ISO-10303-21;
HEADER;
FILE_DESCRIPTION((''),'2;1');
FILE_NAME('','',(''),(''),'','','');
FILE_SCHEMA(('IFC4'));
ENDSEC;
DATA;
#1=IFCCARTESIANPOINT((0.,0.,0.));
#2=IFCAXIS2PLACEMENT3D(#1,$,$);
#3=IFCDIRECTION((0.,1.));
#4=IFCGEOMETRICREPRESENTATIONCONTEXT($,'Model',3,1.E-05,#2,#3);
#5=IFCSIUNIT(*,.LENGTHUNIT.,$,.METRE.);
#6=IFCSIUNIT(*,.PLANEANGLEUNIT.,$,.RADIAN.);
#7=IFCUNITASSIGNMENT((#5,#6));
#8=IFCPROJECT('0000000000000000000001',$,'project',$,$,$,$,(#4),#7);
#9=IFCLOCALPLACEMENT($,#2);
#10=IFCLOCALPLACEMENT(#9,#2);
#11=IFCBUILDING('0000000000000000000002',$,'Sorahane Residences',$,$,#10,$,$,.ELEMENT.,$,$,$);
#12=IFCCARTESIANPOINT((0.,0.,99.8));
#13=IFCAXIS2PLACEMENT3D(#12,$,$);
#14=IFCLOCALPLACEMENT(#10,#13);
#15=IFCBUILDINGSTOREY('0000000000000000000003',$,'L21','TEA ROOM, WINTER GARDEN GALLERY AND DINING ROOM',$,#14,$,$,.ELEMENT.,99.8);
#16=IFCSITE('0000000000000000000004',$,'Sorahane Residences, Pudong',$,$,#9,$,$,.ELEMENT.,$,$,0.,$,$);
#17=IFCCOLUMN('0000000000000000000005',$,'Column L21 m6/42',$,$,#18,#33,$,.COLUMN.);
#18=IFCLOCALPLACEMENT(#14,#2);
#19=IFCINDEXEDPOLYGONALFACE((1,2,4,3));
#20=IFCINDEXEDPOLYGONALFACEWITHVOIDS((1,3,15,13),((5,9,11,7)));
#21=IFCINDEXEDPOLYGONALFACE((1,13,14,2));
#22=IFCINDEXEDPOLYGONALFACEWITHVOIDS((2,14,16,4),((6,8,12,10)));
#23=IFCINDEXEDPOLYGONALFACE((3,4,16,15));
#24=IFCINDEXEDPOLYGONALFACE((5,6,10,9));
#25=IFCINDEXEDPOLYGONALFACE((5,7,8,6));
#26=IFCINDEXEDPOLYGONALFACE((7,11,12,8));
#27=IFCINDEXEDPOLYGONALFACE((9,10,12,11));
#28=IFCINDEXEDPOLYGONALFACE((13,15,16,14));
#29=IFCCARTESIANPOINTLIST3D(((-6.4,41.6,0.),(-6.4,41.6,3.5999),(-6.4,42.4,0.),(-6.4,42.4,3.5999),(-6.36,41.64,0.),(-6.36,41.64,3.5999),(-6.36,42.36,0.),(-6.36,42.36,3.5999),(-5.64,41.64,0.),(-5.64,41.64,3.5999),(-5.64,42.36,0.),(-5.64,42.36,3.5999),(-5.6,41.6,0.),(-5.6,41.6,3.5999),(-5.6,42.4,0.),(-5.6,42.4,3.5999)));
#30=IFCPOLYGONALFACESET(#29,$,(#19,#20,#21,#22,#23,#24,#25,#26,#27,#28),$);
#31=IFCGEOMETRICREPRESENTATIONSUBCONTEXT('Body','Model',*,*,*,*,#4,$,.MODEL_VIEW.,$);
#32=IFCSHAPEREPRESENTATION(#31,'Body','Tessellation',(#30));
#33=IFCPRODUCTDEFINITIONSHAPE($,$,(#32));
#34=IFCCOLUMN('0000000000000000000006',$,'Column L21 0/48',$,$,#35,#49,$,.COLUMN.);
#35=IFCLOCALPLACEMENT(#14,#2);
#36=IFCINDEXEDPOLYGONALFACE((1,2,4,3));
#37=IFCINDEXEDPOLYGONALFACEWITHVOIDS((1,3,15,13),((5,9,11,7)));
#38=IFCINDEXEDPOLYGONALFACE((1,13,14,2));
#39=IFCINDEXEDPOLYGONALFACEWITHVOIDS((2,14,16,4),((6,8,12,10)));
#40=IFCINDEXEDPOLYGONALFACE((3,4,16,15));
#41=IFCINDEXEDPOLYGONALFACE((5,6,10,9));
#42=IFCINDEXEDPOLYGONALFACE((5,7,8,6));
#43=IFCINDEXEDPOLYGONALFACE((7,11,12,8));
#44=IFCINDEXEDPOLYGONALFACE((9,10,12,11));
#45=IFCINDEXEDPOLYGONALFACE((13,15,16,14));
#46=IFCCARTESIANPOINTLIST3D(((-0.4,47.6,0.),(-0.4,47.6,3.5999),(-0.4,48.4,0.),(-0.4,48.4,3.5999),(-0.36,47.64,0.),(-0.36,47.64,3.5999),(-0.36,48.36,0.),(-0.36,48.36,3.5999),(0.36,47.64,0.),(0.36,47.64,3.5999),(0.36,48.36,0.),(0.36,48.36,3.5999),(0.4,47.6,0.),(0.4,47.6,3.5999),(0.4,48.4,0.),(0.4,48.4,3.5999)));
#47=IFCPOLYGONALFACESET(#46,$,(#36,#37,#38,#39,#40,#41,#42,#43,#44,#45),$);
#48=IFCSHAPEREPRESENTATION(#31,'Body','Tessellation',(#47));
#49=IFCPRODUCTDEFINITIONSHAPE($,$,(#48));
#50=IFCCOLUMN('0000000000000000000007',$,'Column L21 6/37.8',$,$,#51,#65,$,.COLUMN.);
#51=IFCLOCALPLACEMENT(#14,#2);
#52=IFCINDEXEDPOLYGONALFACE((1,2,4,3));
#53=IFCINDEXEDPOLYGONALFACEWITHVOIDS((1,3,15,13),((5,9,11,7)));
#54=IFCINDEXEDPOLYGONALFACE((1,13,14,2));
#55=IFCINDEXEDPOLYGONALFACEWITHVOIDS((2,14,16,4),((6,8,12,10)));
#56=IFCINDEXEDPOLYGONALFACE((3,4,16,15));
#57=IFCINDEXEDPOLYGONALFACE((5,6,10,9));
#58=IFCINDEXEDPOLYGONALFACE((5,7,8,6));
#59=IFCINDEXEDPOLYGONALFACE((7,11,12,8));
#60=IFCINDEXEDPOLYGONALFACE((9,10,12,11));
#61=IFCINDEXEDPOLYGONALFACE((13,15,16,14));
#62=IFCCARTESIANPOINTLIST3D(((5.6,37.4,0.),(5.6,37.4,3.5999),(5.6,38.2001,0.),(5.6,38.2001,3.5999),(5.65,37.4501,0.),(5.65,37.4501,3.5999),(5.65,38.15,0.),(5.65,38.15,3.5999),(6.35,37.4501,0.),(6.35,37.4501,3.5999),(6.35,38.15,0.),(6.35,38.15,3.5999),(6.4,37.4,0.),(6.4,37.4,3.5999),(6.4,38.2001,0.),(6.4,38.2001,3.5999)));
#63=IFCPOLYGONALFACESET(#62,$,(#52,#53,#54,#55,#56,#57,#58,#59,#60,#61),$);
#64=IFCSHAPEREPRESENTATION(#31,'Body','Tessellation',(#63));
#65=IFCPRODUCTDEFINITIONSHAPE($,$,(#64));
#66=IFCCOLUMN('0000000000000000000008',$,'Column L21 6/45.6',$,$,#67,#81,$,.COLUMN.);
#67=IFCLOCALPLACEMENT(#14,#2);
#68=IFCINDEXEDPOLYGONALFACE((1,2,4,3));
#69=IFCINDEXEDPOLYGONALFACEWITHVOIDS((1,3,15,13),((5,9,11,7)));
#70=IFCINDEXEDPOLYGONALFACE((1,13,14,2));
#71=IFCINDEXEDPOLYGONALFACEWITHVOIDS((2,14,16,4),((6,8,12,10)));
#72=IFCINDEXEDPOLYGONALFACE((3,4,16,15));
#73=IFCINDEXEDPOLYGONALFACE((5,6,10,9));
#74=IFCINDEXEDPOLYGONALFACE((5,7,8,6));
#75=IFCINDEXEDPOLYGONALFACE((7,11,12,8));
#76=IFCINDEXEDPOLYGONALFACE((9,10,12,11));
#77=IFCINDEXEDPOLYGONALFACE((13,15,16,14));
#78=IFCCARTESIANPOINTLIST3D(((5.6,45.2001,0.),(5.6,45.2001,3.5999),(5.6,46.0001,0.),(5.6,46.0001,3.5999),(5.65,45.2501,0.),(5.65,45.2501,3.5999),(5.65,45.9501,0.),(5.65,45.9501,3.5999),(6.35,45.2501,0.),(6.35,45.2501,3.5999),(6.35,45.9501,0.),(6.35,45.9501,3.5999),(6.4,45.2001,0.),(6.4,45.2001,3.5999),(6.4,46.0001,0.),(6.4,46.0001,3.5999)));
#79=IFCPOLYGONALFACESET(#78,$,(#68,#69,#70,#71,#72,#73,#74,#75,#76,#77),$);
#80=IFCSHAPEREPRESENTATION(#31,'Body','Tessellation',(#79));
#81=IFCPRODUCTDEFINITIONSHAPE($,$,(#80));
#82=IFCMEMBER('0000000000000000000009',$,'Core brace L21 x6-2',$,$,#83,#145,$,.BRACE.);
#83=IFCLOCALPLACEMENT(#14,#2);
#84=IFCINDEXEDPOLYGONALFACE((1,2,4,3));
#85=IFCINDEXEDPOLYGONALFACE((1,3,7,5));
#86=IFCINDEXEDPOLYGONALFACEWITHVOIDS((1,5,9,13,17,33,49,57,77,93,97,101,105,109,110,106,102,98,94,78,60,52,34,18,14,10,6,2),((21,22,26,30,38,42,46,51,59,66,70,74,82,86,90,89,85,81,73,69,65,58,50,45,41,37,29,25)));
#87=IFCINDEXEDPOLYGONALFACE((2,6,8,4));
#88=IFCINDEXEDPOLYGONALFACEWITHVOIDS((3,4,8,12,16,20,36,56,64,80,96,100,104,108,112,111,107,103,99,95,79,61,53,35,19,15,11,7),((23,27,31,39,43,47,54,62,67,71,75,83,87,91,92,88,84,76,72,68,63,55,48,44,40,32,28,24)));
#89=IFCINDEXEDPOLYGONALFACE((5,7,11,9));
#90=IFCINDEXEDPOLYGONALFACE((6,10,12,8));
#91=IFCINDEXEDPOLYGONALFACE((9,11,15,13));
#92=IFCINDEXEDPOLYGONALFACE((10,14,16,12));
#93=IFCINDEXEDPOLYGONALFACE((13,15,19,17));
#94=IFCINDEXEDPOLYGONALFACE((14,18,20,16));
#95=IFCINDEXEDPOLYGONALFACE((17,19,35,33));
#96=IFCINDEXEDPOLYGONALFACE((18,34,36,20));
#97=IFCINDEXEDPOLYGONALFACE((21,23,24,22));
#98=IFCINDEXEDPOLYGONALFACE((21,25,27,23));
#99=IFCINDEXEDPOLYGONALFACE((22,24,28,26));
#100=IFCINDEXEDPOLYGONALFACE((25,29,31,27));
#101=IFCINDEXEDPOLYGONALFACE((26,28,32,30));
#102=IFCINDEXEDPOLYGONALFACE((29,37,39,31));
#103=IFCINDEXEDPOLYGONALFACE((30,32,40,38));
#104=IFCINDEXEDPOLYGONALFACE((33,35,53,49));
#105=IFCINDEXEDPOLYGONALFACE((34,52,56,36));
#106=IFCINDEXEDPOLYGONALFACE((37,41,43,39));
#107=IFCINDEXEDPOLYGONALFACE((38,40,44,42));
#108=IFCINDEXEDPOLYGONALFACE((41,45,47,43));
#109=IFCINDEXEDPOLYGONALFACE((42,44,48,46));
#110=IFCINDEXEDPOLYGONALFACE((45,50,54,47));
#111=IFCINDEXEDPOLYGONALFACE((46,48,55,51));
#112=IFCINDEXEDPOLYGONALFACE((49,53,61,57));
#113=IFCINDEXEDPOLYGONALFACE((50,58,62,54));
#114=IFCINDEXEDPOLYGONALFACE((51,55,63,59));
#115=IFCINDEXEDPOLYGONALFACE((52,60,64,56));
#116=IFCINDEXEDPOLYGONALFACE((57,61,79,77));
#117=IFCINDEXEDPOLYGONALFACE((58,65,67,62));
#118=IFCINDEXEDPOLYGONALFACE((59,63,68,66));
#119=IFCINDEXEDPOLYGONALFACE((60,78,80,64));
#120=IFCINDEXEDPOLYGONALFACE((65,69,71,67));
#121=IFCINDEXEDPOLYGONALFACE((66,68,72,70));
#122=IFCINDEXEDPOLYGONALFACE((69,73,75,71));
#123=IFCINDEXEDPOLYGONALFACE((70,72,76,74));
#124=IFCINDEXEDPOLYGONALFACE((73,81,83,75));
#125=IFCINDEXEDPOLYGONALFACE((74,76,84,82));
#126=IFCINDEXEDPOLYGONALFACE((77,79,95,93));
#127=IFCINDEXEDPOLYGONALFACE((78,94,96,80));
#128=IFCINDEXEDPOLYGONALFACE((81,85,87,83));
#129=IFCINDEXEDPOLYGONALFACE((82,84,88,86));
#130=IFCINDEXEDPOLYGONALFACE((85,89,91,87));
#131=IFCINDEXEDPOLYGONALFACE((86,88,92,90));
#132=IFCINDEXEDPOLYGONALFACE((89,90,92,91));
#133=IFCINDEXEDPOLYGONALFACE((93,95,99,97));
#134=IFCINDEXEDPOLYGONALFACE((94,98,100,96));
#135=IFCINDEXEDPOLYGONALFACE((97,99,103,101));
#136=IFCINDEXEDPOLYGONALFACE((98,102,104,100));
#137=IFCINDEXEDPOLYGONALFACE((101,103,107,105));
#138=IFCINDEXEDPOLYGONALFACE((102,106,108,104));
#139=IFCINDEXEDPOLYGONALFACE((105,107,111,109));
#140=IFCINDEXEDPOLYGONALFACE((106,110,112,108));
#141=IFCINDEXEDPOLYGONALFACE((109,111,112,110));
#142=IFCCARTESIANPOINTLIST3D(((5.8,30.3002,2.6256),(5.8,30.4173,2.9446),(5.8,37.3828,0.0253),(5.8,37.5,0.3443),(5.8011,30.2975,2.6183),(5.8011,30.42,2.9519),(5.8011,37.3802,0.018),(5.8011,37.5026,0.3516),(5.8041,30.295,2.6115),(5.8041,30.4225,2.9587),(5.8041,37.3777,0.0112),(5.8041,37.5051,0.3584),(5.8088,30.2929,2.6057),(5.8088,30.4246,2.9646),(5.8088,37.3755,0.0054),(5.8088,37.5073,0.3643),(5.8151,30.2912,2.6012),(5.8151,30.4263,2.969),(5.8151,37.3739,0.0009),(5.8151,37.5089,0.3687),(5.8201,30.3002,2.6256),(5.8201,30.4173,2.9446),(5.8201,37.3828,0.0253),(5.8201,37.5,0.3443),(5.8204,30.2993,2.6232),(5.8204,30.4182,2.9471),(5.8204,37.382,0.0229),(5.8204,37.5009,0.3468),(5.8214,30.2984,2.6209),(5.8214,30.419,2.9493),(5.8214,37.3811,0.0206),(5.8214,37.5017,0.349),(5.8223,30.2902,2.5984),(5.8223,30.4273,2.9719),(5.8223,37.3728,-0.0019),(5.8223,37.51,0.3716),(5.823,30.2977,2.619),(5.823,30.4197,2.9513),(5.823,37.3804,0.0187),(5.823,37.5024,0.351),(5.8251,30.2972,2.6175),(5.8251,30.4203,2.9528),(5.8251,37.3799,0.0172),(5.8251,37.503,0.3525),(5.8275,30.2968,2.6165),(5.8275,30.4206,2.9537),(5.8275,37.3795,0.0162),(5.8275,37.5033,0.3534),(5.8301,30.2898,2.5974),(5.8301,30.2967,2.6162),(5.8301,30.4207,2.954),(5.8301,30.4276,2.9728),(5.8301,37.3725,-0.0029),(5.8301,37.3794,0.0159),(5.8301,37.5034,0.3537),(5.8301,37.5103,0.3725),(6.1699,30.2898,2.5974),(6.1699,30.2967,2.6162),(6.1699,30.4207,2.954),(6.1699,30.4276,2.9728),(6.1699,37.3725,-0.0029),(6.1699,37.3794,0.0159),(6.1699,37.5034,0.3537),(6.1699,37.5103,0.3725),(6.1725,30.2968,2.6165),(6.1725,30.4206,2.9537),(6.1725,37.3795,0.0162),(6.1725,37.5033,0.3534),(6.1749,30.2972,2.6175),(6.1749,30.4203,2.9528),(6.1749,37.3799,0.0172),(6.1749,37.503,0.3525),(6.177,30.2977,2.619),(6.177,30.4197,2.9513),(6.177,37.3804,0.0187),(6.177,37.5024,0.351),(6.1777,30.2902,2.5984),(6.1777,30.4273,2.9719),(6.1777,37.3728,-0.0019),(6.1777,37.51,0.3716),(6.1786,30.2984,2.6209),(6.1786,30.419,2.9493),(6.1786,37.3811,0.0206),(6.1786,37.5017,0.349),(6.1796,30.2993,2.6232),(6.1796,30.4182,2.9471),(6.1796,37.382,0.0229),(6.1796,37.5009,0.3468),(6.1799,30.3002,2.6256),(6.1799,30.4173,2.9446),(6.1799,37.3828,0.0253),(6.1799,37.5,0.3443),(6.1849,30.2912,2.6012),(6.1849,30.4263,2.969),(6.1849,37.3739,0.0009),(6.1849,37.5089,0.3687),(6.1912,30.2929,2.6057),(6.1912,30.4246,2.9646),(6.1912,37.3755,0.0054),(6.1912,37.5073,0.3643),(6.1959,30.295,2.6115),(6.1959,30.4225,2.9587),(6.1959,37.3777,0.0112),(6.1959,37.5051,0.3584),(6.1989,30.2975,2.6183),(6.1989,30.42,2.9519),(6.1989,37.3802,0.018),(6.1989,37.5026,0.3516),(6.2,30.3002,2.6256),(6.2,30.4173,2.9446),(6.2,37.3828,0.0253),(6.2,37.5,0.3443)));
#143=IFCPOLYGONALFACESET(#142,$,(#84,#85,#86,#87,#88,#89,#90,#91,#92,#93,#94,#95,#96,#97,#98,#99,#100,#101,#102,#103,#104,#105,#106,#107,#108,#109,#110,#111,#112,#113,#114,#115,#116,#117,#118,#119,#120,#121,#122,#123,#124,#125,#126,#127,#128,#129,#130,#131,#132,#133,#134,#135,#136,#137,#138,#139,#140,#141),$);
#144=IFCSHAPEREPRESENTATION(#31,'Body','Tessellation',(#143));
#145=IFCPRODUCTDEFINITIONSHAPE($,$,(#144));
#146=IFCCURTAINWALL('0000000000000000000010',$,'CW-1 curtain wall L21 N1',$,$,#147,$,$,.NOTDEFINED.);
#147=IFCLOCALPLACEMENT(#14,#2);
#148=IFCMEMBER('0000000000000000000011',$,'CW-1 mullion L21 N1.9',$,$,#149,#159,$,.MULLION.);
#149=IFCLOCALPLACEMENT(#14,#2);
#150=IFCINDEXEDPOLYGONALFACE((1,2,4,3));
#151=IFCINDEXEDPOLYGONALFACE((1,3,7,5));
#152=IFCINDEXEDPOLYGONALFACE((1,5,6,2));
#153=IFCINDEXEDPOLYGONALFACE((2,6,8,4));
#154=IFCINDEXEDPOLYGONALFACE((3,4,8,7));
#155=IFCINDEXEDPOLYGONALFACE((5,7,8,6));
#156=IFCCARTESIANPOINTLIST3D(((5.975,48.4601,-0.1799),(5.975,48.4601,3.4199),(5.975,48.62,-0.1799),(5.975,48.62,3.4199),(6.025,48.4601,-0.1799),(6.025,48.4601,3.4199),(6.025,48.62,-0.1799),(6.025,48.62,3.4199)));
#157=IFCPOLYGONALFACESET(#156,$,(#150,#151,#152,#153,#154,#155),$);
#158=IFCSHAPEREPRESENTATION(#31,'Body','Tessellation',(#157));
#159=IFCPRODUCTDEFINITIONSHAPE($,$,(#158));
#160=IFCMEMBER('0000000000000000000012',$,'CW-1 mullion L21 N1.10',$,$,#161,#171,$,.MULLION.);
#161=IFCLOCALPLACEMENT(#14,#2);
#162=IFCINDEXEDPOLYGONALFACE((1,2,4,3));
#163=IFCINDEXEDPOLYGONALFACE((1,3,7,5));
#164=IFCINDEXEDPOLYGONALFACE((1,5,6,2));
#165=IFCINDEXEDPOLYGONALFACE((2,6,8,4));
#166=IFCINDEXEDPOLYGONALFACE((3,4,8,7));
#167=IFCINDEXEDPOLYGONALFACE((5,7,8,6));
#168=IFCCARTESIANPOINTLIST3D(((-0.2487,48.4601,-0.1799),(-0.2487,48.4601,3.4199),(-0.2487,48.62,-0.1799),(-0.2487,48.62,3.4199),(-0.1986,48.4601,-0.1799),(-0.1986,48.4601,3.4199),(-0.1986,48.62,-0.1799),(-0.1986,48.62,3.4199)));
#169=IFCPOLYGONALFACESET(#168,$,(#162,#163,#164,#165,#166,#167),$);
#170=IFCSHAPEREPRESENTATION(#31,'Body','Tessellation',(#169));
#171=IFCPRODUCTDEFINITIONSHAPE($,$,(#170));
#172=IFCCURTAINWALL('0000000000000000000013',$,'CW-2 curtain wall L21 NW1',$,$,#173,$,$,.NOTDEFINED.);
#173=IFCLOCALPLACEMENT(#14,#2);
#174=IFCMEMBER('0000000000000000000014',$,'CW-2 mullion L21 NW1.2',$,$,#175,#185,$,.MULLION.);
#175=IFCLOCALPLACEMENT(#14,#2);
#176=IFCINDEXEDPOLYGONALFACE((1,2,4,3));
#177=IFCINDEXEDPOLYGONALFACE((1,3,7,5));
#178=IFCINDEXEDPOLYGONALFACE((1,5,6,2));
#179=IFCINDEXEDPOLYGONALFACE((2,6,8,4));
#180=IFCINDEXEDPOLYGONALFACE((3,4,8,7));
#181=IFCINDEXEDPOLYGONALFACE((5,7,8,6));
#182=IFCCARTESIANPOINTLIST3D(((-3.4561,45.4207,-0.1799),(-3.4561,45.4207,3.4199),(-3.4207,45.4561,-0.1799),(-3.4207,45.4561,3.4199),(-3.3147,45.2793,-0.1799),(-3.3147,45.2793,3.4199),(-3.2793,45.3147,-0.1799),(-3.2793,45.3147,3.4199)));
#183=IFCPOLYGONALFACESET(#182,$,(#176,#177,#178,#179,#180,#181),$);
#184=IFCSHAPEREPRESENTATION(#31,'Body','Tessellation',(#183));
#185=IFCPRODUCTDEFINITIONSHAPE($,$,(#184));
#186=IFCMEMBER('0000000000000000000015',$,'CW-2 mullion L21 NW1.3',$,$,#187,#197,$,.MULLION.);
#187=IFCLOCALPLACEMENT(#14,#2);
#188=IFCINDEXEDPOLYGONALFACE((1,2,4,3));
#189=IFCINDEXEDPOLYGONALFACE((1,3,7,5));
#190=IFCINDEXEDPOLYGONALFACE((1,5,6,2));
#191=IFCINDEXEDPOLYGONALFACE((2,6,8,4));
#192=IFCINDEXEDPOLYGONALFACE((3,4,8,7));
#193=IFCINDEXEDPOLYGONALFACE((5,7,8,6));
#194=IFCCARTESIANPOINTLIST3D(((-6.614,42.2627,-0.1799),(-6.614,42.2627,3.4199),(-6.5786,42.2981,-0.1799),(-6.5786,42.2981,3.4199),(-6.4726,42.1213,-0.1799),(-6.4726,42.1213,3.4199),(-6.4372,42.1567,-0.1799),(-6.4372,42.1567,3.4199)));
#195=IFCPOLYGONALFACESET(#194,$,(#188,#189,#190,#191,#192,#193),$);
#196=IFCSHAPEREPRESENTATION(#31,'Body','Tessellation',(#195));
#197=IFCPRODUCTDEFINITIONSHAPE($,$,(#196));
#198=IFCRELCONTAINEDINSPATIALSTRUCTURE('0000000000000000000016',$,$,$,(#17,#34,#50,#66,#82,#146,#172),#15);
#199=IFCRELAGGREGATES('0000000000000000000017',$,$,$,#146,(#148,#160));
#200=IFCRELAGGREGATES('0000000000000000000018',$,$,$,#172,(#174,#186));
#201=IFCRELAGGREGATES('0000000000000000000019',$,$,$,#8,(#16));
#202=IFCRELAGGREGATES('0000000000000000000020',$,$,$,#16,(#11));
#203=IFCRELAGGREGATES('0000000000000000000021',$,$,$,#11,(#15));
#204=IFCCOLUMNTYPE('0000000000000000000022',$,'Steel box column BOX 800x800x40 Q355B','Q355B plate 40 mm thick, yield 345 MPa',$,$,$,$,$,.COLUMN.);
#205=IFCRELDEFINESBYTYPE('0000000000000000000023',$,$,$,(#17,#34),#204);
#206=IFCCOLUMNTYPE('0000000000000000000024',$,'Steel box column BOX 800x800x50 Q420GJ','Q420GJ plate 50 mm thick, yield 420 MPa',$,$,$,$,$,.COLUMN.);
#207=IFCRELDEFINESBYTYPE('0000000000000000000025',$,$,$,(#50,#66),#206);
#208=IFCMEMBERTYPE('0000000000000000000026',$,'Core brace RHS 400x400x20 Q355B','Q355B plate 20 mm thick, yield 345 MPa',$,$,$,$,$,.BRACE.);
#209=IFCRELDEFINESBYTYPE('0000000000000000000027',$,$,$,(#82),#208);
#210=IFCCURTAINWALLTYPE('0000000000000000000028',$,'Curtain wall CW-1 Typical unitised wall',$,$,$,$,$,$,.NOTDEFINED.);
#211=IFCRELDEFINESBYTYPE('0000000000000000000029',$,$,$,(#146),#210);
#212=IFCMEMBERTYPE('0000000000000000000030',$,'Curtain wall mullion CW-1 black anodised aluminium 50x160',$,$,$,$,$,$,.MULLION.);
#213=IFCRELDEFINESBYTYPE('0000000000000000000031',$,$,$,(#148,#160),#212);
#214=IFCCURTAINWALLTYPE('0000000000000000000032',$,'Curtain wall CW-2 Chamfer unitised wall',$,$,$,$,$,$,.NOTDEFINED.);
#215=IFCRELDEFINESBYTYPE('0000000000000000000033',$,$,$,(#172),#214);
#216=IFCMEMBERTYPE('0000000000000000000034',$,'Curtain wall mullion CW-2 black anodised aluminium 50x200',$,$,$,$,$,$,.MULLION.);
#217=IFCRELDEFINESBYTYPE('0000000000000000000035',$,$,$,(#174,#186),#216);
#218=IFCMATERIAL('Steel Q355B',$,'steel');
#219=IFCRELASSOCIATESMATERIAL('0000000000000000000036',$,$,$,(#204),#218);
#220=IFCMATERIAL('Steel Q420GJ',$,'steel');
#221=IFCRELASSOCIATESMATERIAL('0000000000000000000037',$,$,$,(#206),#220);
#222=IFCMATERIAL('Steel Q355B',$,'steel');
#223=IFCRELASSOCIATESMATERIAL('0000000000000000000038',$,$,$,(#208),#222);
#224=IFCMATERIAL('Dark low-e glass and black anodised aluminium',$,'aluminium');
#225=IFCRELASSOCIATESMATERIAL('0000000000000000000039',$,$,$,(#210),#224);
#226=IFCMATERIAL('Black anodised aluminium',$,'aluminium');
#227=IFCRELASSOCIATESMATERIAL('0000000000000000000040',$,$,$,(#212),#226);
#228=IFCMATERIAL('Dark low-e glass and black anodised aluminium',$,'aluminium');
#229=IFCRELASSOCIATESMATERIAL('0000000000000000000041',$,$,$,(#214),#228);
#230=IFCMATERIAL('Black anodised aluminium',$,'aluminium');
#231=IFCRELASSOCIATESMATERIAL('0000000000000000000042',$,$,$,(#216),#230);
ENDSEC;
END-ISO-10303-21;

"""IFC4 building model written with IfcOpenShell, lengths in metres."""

from ifc_helpers import new_model, si_unit, direction, frame, origin, origin_2d, place, context, subcontext, project, spatial, rectangle, hollow_rectangle, extrude, material, material_profile, profile_set, type_object, element, aggregate, save


model = new_model("IFC4")

# Units and contexts
model_context = context("Model", 3, precision=1e-05, world=origin(), true_north=direction((0.0, 1.0)))
body_context = subcontext(model_context, "Body", "Model", "MODEL_VIEW")
ifc_project = project(units=[si_unit("LENGTHUNIT", "METRE"), si_unit("PLANEANGLEUNIT", "RADIAN")], contexts=[model_context])

# Site, building, storey
site_placement = place(None, origin())
site = spatial("IfcSite", under=ifc_project, at=site_placement, Name="Sorahane Residences, Pudong", CompositionType="ELEMENT", RefElevation=0.0)
building_placement = place(site_placement, origin())
building = spatial("IfcBuilding", under=site, at=building_placement, Name="Sorahane Residences", CompositionType="ELEMENT")
storey_placement = place(building_placement, frame((0.0, 0.0, 99.8)))
storey = spatial("IfcBuildingStorey", under=building, at=storey_placement, Name="L21", Description="TEA ROOM, WINTER GARDEN GALLERY AND DINING ROOM", CompositionType="ELEMENT", Elevation=99.8)

# Columns
ifc_material_1 = material(Name="Steel Q355B", Category="steel")
ifc_material_profile_1 = material_profile(ifc_material_1, hollow_rectangle(XDim=0.8, YDim=0.8, WallThickness=0.04, at=origin_2d()), Name="BOX 800x800x40")
ifc_profile_set_1 = profile_set([ifc_material_profile_1], Name="Steel Q355B")
column_type_1 = type_object("IfcColumnType", Name="Steel box column BOX 800x800x40 Q355B", Description="Q355B plate 40 mm thick, yield 345 MPa", PredefinedType="COLUMN", material=ifc_profile_set_1)
for number, where, z_axis, x_axis, name in (
    (1, (-6.0, 42.0, 0.0), (0.0, 0.0, 1.0), (1.0, 0.0, 0.0), "Column L21 m6/42"),
    (2, (0.0, 48.0, 0.0), (0.0, 0.0, 1.0), (1.0, 0.0, 0.0), "Column L21 0/48"),
):
    element("IfcColumn", number, at=place(storey_placement, frame(where, z_axis=z_axis, x_axis=x_axis)), inside=storey, type_object=column_type_1, Name=name, PredefinedType="COLUMN", context=body_context, shape_type="SweptSolid", body=[
        extrude(hollow_rectangle(XDim=0.8, YDim=0.8, WallThickness=0.04, at=origin_2d()), origin(), (0.0, 0.0, 1.0), 3.5999),
    ])
ifc_material_2 = material(Name="Steel Q420GJ", Category="steel")
ifc_material_profile_2 = material_profile(ifc_material_2, hollow_rectangle(XDim=0.8, YDim=0.8, WallThickness=0.05, at=origin_2d()), Name="BOX 800x800x50")
ifc_profile_set_2 = profile_set([ifc_material_profile_2], Name="Steel Q420GJ")
column_type_2 = type_object("IfcColumnType", Name="Steel box column BOX 800x800x50 Q420GJ", Description="Q420GJ plate 50 mm thick, yield 420 MPa", PredefinedType="COLUMN", material=ifc_profile_set_2)
for number, where, z_axis, x_axis, name in (
    (3, (6.0, 37.8, 0.0), (0.0, 0.0, 1.0), (1.0, 0.0, 0.0), "Column L21 6/37.8"),
    (4, (6.0, 45.6001, 0.0), (0.0, 0.0, 1.0), (1.0, 0.0, 0.0), "Column L21 6/45.6"),
):
    element("IfcColumn", number, at=place(storey_placement, frame(where, z_axis=z_axis, x_axis=x_axis)), inside=storey, type_object=column_type_2, Name=name, PredefinedType="COLUMN", context=body_context, shape_type="SweptSolid", body=[
        extrude(hollow_rectangle(XDim=0.8, YDim=0.8, WallThickness=0.05, at=origin_2d()), origin(), (0.0, 0.0, 1.0), 3.5999),
    ])

# Member
ifc_material_3 = material(Name="Steel Q355B", Category="steel")
ifc_material_profile_3 = material_profile(ifc_material_3, hollow_rectangle(XDim=0.3999, YDim=0.3999, WallThickness=0.02, InnerFilletRadius=0.01, OuterFilletRadius=0.03, at=origin_2d()), Name="RHS 400x400x20")
ifc_profile_set_3 = profile_set([ifc_material_profile_3], Name="Steel Q355B")
member_type_1 = type_object("IfcMemberType", Name="Core brace RHS 400x400x20 Q355B", Description="Q355B plate 20 mm thick, yield 345 MPa", PredefinedType="BRACE", material=ifc_profile_set_3)
member_1_placement = place(storey_placement, frame((6.0, 37.4414, 0.1848), z_axis=(0.0, -0.938734, 0.344643), x_axis=(1.0, 0.0, 0.0)))
element("IfcMember", 5, at=member_1_placement, inside=storey, type_object=member_type_1, Name="Core brace L21 x6-2", PredefinedType="BRACE", context=body_context, shape_type="SweptSolid", body=[
    extrude(hollow_rectangle(XDim=0.3999, YDim=0.3999, WallThickness=0.02, InnerFilletRadius=0.01, OuterFilletRadius=0.03, at=origin_2d()), origin(), (0.0, 0.0, 1.0), 7.5449),
])

# Curtain walls, members
ifc_material_4 = material(Name="Dark low-e glass and black anodised aluminium", Category="aluminium")
curtain_wall_type_1 = type_object("IfcCurtainWallType", Name="Curtain wall CW-1 Typical unitised wall", PredefinedType="NOTDEFINED", material=ifc_material_4)
curtain_wall_1_placement = place(storey_placement, origin())
curtain_wall_1 = element("IfcCurtainWall", 6, at=curtain_wall_1_placement, inside=storey, type_object=curtain_wall_type_1, Name="CW-1 curtain wall L21 N1", PredefinedType="NOTDEFINED")
ifc_material_5 = material(Name="Black anodised aluminium", Category="aluminium")
ifc_material_profile_4 = material_profile(ifc_material_5, rectangle(XDim=0.1599, YDim=0.05, at=origin_2d()), Name="Curtain wall mullion CW-1 black anodised aluminium 50x160")
ifc_profile_set_4 = profile_set([ifc_material_profile_4], Name="Black anodised aluminium")
member_type_2 = type_object("IfcMemberType", Name="Curtain wall mullion CW-1 black anodised aluminium 50x160", PredefinedType="MULLION", material=ifc_profile_set_4)
member_2_placement = place(storey_placement, frame((6.0, 48.54, -0.1799), z_axis=(0.0, 0.0, 1.0), x_axis=(0.0, 1.0, 0.0)))
member_2 = element("IfcMember", 7, at=member_2_placement, type_object=member_type_2, Name="CW-1 mullion L21 N1.9", PredefinedType="MULLION", context=body_context, shape_type="SweptSolid", body=[
    extrude(rectangle(XDim=0.1599, YDim=0.05, at=origin_2d()), origin(), (0.0, 0.0, 1.0), 3.5999),
])
member_3_placement = place(storey_placement, frame((-0.2236, 48.54, -0.1799), z_axis=(0.0, 0.0, 1.0), x_axis=(0.0, 1.0, 0.0)))
member_3 = element("IfcMember", 8, at=member_3_placement, type_object=member_type_2, Name="CW-1 mullion L21 N1.10", PredefinedType="MULLION", context=body_context, shape_type="SweptSolid", body=[
    extrude(rectangle(XDim=0.1599, YDim=0.05, at=origin_2d()), origin(), (0.0, 0.0, 1.0), 3.5999),
])
ifc_material_6 = material(Name="Dark low-e glass and black anodised aluminium", Category="aluminium")
curtain_wall_type_2 = type_object("IfcCurtainWallType", Name="Curtain wall CW-2 Chamfer unitised wall", PredefinedType="NOTDEFINED", material=ifc_material_6)
curtain_wall_2_placement = place(storey_placement, origin())
curtain_wall_2 = element("IfcCurtainWall", 9, at=curtain_wall_2_placement, inside=storey, type_object=curtain_wall_type_2, Name="CW-2 curtain wall L21 NW1", PredefinedType="NOTDEFINED")
ifc_material_7 = material(Name="Black anodised aluminium", Category="aluminium")
ifc_material_profile_5 = material_profile(ifc_material_7, rectangle(XDim=0.2, YDim=0.05, at=origin_2d()), Name="Curtain wall mullion CW-2 black anodised aluminium 50x200")
ifc_profile_set_5 = profile_set([ifc_material_profile_5], Name="Black anodised aluminium")
member_type_3 = type_object("IfcMemberType", Name="Curtain wall mullion CW-2 black anodised aluminium 50x200", PredefinedType="MULLION", material=ifc_profile_set_5)
member_4_placement = place(storey_placement, frame((-3.3677, 45.3677, -0.1799), z_axis=(0.0, 0.0, 1.0), x_axis=(-0.707107, 0.707107, 0.0)))
member_4 = element("IfcMember", 10, at=member_4_placement, type_object=member_type_3, Name="CW-2 mullion L21 NW1.2", PredefinedType="MULLION", context=body_context, shape_type="SweptSolid", body=[
    extrude(rectangle(XDim=0.2, YDim=0.05, at=origin_2d()), origin(), (0.0, 0.0, 1.0), 3.5999),
])
member_5_placement = place(storey_placement, frame((-6.5256, 42.2097, -0.1799), z_axis=(0.0, 0.0, 1.0), x_axis=(-0.707107, 0.707107, 0.0)))
member_5 = element("IfcMember", 11, at=member_5_placement, type_object=member_type_3, Name="CW-2 mullion L21 NW1.3", PredefinedType="MULLION", context=body_context, shape_type="SweptSolid", body=[
    extrude(rectangle(XDim=0.2, YDim=0.05, at=origin_2d()), origin(), (0.0, 0.0, 1.0), 3.5999),
])

aggregate(curtain_wall_1, [member_2, member_3])
aggregate(curtain_wall_2, [member_4, member_5])

save(model, "model.ifc")
